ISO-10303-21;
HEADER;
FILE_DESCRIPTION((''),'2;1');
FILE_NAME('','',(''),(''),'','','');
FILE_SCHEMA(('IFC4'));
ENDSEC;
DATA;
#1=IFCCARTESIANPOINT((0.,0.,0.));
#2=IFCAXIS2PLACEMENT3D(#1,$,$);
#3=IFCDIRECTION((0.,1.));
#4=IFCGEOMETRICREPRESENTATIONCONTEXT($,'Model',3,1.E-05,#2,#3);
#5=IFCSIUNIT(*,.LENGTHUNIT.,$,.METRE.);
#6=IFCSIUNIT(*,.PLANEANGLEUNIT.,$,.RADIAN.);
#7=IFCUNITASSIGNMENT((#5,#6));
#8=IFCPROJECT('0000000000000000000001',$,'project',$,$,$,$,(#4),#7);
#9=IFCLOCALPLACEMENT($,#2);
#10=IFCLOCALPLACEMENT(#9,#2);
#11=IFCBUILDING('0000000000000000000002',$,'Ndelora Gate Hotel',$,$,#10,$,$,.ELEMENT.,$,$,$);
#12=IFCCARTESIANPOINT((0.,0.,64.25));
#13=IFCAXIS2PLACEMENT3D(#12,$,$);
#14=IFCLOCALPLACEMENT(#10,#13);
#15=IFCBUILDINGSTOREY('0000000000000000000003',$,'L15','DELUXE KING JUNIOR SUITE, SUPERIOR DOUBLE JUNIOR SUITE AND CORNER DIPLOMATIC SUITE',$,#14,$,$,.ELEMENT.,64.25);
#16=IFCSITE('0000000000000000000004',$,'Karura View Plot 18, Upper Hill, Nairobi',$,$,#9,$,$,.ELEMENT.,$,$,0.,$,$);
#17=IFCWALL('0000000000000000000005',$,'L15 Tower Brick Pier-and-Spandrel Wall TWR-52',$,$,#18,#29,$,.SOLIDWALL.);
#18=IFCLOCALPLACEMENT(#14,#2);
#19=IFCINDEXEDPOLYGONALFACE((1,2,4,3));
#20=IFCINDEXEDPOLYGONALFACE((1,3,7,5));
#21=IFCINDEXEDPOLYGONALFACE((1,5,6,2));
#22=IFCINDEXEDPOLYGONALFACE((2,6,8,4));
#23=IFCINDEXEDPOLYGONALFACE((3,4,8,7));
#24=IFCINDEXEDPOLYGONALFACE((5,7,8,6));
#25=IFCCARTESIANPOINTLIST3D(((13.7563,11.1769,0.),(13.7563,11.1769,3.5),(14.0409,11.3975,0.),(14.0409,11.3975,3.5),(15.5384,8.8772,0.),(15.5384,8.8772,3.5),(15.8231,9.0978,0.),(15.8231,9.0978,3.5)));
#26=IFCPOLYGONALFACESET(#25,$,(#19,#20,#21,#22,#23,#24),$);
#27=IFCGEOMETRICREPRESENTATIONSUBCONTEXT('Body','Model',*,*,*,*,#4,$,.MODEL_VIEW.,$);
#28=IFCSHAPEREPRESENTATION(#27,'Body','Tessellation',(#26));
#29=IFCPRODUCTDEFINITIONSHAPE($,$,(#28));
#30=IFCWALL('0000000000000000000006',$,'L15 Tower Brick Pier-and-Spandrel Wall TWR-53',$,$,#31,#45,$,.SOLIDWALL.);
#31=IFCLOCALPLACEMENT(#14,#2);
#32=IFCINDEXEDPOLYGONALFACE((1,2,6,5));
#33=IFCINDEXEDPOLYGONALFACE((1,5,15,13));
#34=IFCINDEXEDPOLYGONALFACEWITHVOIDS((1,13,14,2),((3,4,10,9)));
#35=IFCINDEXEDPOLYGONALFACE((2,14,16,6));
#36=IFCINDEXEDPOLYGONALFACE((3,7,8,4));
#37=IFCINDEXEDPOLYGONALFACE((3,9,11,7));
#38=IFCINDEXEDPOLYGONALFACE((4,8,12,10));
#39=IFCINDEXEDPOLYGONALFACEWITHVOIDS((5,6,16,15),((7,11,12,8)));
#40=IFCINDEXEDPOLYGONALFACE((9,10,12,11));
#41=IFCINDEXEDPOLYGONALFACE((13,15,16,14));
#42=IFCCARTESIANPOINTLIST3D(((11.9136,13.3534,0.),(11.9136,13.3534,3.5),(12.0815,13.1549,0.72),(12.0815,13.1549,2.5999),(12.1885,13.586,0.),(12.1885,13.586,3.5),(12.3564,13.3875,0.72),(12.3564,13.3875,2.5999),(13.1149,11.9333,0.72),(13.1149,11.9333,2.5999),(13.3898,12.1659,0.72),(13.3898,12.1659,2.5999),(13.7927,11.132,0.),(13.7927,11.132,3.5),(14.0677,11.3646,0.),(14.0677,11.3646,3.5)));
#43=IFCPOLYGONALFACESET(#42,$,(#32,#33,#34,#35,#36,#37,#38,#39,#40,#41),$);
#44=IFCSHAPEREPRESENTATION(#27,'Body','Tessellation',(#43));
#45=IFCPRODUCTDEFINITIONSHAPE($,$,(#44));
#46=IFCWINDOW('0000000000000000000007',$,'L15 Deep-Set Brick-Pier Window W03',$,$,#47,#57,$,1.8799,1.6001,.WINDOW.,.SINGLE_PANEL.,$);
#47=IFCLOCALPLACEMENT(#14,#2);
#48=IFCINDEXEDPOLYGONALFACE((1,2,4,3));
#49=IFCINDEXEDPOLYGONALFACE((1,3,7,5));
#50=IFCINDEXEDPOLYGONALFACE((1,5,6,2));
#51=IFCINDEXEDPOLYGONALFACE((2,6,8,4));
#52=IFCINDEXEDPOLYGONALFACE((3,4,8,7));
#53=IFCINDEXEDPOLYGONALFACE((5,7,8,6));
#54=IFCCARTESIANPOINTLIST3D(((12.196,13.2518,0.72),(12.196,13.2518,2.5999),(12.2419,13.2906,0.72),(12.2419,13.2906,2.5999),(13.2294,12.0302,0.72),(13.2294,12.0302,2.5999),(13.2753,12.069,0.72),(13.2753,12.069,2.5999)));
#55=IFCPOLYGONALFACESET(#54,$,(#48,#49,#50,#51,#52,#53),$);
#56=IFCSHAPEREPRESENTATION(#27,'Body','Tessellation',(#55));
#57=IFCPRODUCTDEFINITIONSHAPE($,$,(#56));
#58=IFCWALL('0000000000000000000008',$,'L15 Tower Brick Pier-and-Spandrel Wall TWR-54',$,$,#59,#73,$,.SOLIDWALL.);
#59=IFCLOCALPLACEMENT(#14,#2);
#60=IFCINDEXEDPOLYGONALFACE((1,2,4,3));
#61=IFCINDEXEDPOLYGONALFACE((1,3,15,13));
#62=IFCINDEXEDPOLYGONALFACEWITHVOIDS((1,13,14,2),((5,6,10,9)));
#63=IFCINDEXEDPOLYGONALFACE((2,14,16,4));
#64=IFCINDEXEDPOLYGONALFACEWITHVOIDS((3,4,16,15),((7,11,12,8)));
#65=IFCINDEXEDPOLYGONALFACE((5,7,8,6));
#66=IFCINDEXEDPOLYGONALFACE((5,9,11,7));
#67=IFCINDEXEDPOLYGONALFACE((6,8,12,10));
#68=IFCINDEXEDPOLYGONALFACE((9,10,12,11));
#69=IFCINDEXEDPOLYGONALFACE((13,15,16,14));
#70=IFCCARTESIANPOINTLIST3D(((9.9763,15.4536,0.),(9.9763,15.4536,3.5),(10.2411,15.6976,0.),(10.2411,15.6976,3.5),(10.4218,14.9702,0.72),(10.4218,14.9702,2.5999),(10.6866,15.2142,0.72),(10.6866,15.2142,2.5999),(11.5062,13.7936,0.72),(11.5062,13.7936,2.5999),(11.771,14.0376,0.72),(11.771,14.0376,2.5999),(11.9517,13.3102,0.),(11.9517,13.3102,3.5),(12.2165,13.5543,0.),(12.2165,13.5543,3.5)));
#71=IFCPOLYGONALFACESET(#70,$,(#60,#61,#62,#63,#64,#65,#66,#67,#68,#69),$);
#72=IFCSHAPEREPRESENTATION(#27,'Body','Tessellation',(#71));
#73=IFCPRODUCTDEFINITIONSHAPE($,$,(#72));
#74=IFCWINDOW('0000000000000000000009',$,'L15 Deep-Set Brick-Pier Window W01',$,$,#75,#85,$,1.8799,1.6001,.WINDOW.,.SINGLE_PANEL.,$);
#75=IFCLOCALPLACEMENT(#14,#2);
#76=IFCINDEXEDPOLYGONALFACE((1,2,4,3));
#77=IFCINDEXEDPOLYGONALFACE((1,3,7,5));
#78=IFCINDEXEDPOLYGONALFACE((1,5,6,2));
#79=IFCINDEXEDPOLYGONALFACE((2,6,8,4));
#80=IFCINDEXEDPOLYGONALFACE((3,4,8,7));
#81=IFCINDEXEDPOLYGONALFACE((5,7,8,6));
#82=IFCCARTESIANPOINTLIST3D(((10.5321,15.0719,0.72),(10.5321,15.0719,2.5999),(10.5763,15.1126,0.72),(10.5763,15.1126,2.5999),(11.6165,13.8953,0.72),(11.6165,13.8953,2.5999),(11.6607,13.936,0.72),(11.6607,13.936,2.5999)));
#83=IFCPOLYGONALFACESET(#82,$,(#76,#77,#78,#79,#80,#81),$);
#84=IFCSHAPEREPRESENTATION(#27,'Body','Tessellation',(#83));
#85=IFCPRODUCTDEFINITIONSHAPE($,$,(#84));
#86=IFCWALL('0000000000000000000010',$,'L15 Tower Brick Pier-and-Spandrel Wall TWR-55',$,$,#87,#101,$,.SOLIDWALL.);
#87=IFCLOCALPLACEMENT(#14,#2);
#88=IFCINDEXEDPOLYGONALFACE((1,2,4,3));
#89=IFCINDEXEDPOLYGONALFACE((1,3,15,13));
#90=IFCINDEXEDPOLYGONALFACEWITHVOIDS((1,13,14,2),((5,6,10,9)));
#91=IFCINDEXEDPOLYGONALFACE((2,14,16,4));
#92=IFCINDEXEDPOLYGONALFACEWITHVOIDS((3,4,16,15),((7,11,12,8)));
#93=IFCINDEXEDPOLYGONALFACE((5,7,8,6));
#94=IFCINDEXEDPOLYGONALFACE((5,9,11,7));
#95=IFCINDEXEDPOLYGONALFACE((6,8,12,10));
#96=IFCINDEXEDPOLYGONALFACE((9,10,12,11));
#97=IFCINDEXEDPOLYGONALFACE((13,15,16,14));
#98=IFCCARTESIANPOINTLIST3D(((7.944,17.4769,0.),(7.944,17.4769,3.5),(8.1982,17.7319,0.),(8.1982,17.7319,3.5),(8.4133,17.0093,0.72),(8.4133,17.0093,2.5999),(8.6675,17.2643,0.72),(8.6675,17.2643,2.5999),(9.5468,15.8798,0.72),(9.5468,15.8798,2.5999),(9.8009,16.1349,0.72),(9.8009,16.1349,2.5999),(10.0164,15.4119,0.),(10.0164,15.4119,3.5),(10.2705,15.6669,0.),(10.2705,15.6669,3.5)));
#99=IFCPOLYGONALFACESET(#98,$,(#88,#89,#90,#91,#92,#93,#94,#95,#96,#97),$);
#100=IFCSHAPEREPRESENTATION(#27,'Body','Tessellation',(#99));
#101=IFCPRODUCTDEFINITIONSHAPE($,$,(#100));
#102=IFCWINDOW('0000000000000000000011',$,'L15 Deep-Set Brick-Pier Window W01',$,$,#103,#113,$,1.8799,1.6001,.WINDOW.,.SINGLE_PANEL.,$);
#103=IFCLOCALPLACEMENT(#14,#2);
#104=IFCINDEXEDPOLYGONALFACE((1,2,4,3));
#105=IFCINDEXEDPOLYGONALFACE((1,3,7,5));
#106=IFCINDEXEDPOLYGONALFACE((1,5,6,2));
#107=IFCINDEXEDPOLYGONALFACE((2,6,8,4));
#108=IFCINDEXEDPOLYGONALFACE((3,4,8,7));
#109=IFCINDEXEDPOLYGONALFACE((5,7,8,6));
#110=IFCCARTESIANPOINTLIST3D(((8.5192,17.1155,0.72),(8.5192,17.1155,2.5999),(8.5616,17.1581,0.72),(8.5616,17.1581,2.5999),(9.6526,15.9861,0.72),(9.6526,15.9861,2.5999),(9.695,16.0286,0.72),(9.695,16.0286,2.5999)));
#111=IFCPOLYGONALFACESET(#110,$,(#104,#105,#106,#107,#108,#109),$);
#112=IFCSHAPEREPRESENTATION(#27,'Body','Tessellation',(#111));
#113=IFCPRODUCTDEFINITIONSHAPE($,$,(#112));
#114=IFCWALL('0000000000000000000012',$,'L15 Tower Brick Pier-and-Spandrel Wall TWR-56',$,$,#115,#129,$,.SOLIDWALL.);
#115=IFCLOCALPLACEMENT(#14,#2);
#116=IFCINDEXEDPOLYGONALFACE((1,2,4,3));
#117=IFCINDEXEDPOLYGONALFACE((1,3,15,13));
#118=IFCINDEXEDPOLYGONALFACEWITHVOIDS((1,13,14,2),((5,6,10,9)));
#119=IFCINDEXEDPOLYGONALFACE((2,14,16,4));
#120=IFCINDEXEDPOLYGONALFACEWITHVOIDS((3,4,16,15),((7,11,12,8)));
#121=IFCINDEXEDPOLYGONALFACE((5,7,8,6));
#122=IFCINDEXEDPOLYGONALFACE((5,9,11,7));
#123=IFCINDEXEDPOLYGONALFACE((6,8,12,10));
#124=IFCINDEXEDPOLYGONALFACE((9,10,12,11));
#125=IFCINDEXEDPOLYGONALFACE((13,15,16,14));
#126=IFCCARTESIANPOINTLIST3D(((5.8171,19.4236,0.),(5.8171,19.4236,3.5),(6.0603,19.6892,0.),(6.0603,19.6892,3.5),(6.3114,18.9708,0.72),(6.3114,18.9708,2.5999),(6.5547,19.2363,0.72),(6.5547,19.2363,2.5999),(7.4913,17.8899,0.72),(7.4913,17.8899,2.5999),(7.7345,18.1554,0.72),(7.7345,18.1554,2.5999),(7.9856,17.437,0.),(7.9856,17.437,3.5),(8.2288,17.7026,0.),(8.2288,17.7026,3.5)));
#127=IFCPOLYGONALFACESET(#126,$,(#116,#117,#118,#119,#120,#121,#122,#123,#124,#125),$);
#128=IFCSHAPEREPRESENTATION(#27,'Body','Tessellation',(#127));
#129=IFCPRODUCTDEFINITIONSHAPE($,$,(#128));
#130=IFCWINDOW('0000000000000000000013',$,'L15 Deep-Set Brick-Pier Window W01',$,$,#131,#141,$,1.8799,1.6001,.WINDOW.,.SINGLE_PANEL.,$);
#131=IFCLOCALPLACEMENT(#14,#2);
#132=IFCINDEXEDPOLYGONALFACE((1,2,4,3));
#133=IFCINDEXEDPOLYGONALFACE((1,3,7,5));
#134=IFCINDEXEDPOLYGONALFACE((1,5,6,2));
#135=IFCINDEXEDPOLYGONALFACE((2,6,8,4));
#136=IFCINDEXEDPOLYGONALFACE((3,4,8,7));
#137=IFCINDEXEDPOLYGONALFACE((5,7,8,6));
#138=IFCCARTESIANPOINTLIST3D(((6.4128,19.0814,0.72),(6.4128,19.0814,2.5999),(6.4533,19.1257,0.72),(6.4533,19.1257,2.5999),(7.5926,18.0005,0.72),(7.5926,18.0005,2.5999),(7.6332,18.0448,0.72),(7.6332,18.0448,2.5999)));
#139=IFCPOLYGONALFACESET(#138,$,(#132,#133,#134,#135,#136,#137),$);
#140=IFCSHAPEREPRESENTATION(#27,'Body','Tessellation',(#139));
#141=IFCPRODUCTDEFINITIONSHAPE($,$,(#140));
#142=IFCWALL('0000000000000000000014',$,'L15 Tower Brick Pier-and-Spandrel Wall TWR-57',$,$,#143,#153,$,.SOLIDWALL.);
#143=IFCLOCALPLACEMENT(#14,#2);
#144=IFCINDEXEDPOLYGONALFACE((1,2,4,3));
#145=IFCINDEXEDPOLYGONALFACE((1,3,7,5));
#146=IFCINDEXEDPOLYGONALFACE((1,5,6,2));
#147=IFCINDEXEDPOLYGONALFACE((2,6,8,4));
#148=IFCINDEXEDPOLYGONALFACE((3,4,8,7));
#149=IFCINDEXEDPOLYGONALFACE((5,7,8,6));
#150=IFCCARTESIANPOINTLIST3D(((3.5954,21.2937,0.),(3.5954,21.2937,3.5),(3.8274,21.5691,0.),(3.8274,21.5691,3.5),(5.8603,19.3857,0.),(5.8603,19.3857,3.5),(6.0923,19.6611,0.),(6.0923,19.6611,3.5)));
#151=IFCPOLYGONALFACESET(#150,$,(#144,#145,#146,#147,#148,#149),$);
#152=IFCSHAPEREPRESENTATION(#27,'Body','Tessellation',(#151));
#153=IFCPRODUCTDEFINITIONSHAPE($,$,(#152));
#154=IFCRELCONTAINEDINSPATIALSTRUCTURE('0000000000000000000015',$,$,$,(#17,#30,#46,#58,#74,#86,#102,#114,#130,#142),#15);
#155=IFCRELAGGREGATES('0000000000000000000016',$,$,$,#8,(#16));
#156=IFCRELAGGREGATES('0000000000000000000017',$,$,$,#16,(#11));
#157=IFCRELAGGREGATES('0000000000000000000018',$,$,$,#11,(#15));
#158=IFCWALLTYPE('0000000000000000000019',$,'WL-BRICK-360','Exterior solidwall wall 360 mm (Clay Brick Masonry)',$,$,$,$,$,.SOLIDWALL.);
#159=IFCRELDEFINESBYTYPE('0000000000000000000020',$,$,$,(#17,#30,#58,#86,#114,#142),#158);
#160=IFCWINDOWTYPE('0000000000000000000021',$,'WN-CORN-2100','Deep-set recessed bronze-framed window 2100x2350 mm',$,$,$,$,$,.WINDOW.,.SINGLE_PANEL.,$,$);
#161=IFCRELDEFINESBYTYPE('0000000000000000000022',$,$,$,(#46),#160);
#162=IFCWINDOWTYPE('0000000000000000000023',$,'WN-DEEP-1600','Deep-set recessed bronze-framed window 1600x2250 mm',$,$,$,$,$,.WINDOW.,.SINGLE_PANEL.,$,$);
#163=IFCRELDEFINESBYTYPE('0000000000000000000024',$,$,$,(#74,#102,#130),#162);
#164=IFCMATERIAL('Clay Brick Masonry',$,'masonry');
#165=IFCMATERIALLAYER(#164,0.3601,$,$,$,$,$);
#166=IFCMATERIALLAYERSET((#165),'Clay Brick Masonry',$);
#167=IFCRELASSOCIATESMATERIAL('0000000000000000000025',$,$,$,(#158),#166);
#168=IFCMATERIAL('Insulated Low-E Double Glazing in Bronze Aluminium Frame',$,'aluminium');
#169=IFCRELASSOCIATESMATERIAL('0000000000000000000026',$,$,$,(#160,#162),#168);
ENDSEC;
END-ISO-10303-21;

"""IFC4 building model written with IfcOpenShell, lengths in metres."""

from ifc_helpers import new_model, si_unit, direction, frame, frame_2d, origin, place, context, subcontext, project, spatial, rectangle, extrude, material, layer, layer_set, type_object, element, fill, save


model = new_model("IFC4")

# Units and contexts
model_context = context("Model", 3, precision=1e-05, world=origin(), true_north=direction((0.0, 1.0)))
body_context = subcontext(model_context, "Body", "Model", "MODEL_VIEW")
ifc_project = project(units=[si_unit("LENGTHUNIT", "METRE"), si_unit("PLANEANGLEUNIT", "RADIAN")], contexts=[model_context])

# Site, building, storey
site_placement = place(None, origin())
site = spatial("IfcSite", under=ifc_project, at=site_placement, Name="Karura View Plot 18, Upper Hill, Nairobi", CompositionType="ELEMENT", RefElevation=0.0)
building_placement = place(site_placement, origin())
building = spatial("IfcBuilding", under=site, at=building_placement, Name="Ndelora Gate Hotel", CompositionType="ELEMENT")
storey_placement = place(building_placement, frame((0.0, 0.0, 64.25)))
storey = spatial("IfcBuildingStorey", under=building, at=storey_placement, Name="L15", Description="DELUXE KING JUNIOR SUITE, SUPERIOR DOUBLE JUNIOR SUITE AND CORNER DIPLOMATIC SUITE", CompositionType="ELEMENT", Elevation=64.25)

# Wall
ifc_material_1 = material(Name="Clay Brick Masonry", Category="masonry")
ifc_layer_1 = layer(ifc_material_1, 0.3601)
ifc_layer_set_1 = layer_set([ifc_layer_1], Name="Clay Brick Masonry")
wall_type_1 = type_object("IfcWallType", Name="WL-BRICK-360", Description="Exterior solidwall wall 360 mm (Clay Brick Masonry)", PredefinedType="SOLIDWALL", material=ifc_layer_set_1)
wall_1_placement = place(storey_placement, frame((13.8987, 11.2871, 0.0), z_axis=(0.0, 0.0, 1.0), x_axis=(0.612545, -0.790435, 0.0)))
element("IfcWall", 1, at=wall_1_placement, inside=storey, type_object=wall_type_1, Name="L15 Tower Brick Pier-and-Spandrel Wall TWR-52", PredefinedType="SOLIDWALL", context=body_context, shape_type="SweptSolid", body=[
    extrude(rectangle(XDim=2.9094, YDim=0.3601, at=frame_2d((1.4546, 0.0))), origin(), (0.0, 0.0, 1.0), 3.5),
])

# Walls, openings, windows
wall_2_placement = place(storey_placement, frame((12.051, 13.4697, 0.0), z_axis=(0.0, 0.0, 1.0), x_axis=(0.645837, -0.763475, 0.0)))
wall_2 = element("IfcWall", 2, at=wall_2_placement, inside=storey, type_object=wall_type_1, Name="L15 Tower Brick Pier-and-Spandrel Wall TWR-53", PredefinedType="SOLIDWALL", context=body_context, shape_type="SweptSolid", body=[
    extrude(rectangle(XDim=2.9097, YDim=0.3601, at=frame_2d((1.4548, 0.0))), origin(), (0.0, 0.0, 1.0), 3.5),
])
opening_1_placement = place(wall_2_placement, frame((0.26, 0.0, 0.72)))
opening_1 = element("IfcOpeningElement", 3, at=opening_1_placement, cuts=wall_2, PredefinedType="OPENING", context=body_context, shape_type="SweptSolid", body=[
    extrude(rectangle(XDim=1.6001, YDim=1.8799, at=frame_2d((0.8, 0.9399))), frame((0.0, 0.1899, 0.0), z_axis=(0.0, -1.0, 0.0), x_axis=(1.0, 0.0, 0.0)), (0.0, 0.0, 1.0), 0.3801),
])
ifc_material_2 = material(Name="Insulated Low-E Double Glazing in Bronze Aluminium Frame", Category="aluminium")
window_type_1 = type_object("IfcWindowType", Name="WN-CORN-2100", Description="Deep-set recessed bronze-framed window 2100x2350 mm", PartitioningType="SINGLE_PANEL", PredefinedType="WINDOW", material=ifc_material_2)
window_1_placement = place(opening_1_placement, origin())
window_1 = element("IfcWindow", 4, at=window_1_placement, inside=storey, type_object=window_type_1, Name="L15 Deep-Set Brick-Pier Window W03", OverallHeight=1.8799, OverallWidth=1.6001, PartitioningType="SINGLE_PANEL", PredefinedType="WINDOW", context=body_context, shape_type="SweptSolid", body=[
    extrude(rectangle(XDim=1.6001, YDim=1.8799, at=frame_2d((0.8, 0.9399))), frame((0.0, 0.03, 0.0), z_axis=(0.0, -1.0, 0.0), x_axis=(1.0, 0.0, 0.0)), (0.0, 0.0, 1.0), 0.0601),
])
fill(opening_1, window_1)
wall_3_placement = place(storey_placement, frame((10.1086, 15.5757, 0.0), z_axis=(0.0, 0.0, 1.0), x_axis=(0.677706, -0.735333, 0.0)))
wall_3 = element("IfcWall", 5, at=wall_3_placement, inside=storey, type_object=wall_type_1, Name="L15 Tower Brick Pier-and-Spandrel Wall TWR-54", PredefinedType="SOLIDWALL", context=body_context, shape_type="SweptSolid", body=[
    extrude(rectangle(XDim=2.9148, YDim=0.3601, at=frame_2d((1.4575, 0.0))), origin(), (0.0, 0.0, 1.0), 3.5),
])
opening_2_placement = place(wall_3_placement, frame((0.6575, 0.0, 0.72)))
opening_2 = element("IfcOpeningElement", 6, at=opening_2_placement, cuts=wall_3, PredefinedType="OPENING", context=body_context, shape_type="SweptSolid", body=[
    extrude(rectangle(XDim=1.6001, YDim=1.8799, at=frame_2d((0.8, 0.9399))), frame((0.0, 0.1899, 0.0), z_axis=(0.0, -1.0, 0.0), x_axis=(1.0, 0.0, 0.0)), (0.0, 0.0, 1.0), 0.3801),
])
window_type_2 = type_object("IfcWindowType", Name="WN-DEEP-1600", Description="Deep-set recessed bronze-framed window 1600x2250 mm", PartitioningType="SINGLE_PANEL", PredefinedType="WINDOW", material=ifc_material_2)
window_2_placement = place(opening_2_placement, origin())
window_2 = element("IfcWindow", 7, at=window_2_placement, inside=storey, type_object=window_type_2, Name="L15 Deep-Set Brick-Pier Window W01", OverallHeight=1.8799, OverallWidth=1.6001, PartitioningType="SINGLE_PANEL", PredefinedType="WINDOW", context=body_context, shape_type="SweptSolid", body=[
    extrude(rectangle(XDim=1.6001, YDim=1.8799, at=frame_2d((0.8, 0.9399))), frame((0.0, 0.03, 0.0), z_axis=(0.0, -1.0, 0.0), x_axis=(1.0, 0.0, 0.0)), (0.0, 0.0, 1.0), 0.0601),
])
fill(opening_2, window_2)
wall_4_placement = place(storey_placement, frame((8.071, 17.6045, 0.0), z_axis=(0.0, 0.0, 1.0), x_axis=(0.708357, -0.705854, 0.0)))
wall_4 = element("IfcWall", 8, at=wall_4_placement, inside=storey, type_object=wall_type_1, Name="L15 Tower Brick Pier-and-Spandrel Wall TWR-55", PredefinedType="SOLIDWALL", context=body_context, shape_type="SweptSolid", body=[
    extrude(rectangle(XDim=2.9255, YDim=0.3601, at=frame_2d((1.4629, 0.0))), origin(), (0.0, 0.0, 1.0), 3.5),
])
opening_3_placement = place(wall_4_placement, frame((0.6626, 0.0, 0.72)))
opening_3 = element("IfcOpeningElement", 9, at=opening_3_placement, cuts=wall_4, PredefinedType="OPENING", context=body_context, shape_type="SweptSolid", body=[
    extrude(rectangle(XDim=1.6001, YDim=1.8799, at=frame_2d((0.8, 0.9399))), frame((0.0, 0.1899, 0.0), z_axis=(0.0, -1.0, 0.0), x_axis=(1.0, 0.0, 0.0)), (0.0, 0.0, 1.0), 0.3801),
])
window_3_placement = place(opening_3_placement, origin())
window_3 = element("IfcWindow", 10, at=window_3_placement, inside=storey, type_object=window_type_2, Name="L15 Deep-Set Brick-Pier Window W01", OverallHeight=1.8799, OverallWidth=1.6001, PartitioningType="SINGLE_PANEL", PredefinedType="WINDOW", context=body_context, shape_type="SweptSolid", body=[
    extrude(rectangle(XDim=1.6001, YDim=1.8799, at=frame_2d((0.8, 0.9399))), frame((0.0, 0.03, 0.0), z_axis=(0.0, -1.0, 0.0), x_axis=(1.0, 0.0, 0.0)), (0.0, 0.0, 1.0), 0.0601),
])
fill(opening_3, window_3)
wall_5_placement = place(storey_placement, frame((5.9387, 19.5564, 0.0), z_axis=(0.0, 0.0, 1.0), x_axis=(0.737354, -0.675507, 0.0)))
wall_5 = element("IfcWall", 11, at=wall_5_placement, inside=storey, type_object=wall_type_1, Name="L15 Tower Brick Pier-and-Spandrel Wall TWR-56", PredefinedType="SOLIDWALL", context=body_context, shape_type="SweptSolid", body=[
    extrude(rectangle(XDim=2.9409, YDim=0.3601, at=frame_2d((1.4705, 0.0))), origin(), (0.0, 0.0, 1.0), 3.5),
])
opening_4_placement = place(wall_5_placement, frame((0.6704, 0.0, 0.72)))
opening_4 = element("IfcOpeningElement", 12, at=opening_4_placement, cuts=wall_5, PredefinedType="OPENING", context=body_context, shape_type="SweptSolid", body=[
    extrude(rectangle(XDim=1.6001, YDim=1.8799, at=frame_2d((0.8, 0.9399))), frame((0.0, 0.1899, 0.0), z_axis=(0.0, -1.0, 0.0), x_axis=(1.0, 0.0, 0.0)), (0.0, 0.0, 1.0), 0.3801),
])
window_4_placement = place(opening_4_placement, origin())
window_4 = element("IfcWindow", 13, at=window_4_placement, inside=storey, type_object=window_type_2, Name="L15 Deep-Set Brick-Pier Window W01", OverallHeight=1.8799, OverallWidth=1.6001, PartitioningType="SINGLE_PANEL", PredefinedType="WINDOW", context=body_context, shape_type="SweptSolid", body=[
    extrude(rectangle(XDim=1.6001, YDim=1.8799, at=frame_2d((0.8, 0.9399))), frame((0.0, 0.03, 0.0), z_axis=(0.0, -1.0, 0.0), x_axis=(1.0, 0.0, 0.0)), (0.0, 0.0, 1.0), 0.0601),
])
fill(opening_4, window_4)

# Wall
wall_6_placement = place(storey_placement, frame((3.7114, 21.4314, 0.0), z_axis=(0.0, 0.0, 1.0), x_axis=(0.764798, -0.64427, 0.0)))
element("IfcWall", 14, at=wall_6_placement, inside=storey, type_object=wall_type_1, Name="L15 Tower Brick Pier-and-Spandrel Wall TWR-57", PredefinedType="SOLIDWALL", context=body_context, shape_type="SweptSolid", body=[
    extrude(rectangle(XDim=2.9614, YDim=0.3601, at=frame_2d((1.4807, 0.0))), origin(), (0.0, 0.0, 1.0), 3.5),
])

save(model, "model.ifc")
